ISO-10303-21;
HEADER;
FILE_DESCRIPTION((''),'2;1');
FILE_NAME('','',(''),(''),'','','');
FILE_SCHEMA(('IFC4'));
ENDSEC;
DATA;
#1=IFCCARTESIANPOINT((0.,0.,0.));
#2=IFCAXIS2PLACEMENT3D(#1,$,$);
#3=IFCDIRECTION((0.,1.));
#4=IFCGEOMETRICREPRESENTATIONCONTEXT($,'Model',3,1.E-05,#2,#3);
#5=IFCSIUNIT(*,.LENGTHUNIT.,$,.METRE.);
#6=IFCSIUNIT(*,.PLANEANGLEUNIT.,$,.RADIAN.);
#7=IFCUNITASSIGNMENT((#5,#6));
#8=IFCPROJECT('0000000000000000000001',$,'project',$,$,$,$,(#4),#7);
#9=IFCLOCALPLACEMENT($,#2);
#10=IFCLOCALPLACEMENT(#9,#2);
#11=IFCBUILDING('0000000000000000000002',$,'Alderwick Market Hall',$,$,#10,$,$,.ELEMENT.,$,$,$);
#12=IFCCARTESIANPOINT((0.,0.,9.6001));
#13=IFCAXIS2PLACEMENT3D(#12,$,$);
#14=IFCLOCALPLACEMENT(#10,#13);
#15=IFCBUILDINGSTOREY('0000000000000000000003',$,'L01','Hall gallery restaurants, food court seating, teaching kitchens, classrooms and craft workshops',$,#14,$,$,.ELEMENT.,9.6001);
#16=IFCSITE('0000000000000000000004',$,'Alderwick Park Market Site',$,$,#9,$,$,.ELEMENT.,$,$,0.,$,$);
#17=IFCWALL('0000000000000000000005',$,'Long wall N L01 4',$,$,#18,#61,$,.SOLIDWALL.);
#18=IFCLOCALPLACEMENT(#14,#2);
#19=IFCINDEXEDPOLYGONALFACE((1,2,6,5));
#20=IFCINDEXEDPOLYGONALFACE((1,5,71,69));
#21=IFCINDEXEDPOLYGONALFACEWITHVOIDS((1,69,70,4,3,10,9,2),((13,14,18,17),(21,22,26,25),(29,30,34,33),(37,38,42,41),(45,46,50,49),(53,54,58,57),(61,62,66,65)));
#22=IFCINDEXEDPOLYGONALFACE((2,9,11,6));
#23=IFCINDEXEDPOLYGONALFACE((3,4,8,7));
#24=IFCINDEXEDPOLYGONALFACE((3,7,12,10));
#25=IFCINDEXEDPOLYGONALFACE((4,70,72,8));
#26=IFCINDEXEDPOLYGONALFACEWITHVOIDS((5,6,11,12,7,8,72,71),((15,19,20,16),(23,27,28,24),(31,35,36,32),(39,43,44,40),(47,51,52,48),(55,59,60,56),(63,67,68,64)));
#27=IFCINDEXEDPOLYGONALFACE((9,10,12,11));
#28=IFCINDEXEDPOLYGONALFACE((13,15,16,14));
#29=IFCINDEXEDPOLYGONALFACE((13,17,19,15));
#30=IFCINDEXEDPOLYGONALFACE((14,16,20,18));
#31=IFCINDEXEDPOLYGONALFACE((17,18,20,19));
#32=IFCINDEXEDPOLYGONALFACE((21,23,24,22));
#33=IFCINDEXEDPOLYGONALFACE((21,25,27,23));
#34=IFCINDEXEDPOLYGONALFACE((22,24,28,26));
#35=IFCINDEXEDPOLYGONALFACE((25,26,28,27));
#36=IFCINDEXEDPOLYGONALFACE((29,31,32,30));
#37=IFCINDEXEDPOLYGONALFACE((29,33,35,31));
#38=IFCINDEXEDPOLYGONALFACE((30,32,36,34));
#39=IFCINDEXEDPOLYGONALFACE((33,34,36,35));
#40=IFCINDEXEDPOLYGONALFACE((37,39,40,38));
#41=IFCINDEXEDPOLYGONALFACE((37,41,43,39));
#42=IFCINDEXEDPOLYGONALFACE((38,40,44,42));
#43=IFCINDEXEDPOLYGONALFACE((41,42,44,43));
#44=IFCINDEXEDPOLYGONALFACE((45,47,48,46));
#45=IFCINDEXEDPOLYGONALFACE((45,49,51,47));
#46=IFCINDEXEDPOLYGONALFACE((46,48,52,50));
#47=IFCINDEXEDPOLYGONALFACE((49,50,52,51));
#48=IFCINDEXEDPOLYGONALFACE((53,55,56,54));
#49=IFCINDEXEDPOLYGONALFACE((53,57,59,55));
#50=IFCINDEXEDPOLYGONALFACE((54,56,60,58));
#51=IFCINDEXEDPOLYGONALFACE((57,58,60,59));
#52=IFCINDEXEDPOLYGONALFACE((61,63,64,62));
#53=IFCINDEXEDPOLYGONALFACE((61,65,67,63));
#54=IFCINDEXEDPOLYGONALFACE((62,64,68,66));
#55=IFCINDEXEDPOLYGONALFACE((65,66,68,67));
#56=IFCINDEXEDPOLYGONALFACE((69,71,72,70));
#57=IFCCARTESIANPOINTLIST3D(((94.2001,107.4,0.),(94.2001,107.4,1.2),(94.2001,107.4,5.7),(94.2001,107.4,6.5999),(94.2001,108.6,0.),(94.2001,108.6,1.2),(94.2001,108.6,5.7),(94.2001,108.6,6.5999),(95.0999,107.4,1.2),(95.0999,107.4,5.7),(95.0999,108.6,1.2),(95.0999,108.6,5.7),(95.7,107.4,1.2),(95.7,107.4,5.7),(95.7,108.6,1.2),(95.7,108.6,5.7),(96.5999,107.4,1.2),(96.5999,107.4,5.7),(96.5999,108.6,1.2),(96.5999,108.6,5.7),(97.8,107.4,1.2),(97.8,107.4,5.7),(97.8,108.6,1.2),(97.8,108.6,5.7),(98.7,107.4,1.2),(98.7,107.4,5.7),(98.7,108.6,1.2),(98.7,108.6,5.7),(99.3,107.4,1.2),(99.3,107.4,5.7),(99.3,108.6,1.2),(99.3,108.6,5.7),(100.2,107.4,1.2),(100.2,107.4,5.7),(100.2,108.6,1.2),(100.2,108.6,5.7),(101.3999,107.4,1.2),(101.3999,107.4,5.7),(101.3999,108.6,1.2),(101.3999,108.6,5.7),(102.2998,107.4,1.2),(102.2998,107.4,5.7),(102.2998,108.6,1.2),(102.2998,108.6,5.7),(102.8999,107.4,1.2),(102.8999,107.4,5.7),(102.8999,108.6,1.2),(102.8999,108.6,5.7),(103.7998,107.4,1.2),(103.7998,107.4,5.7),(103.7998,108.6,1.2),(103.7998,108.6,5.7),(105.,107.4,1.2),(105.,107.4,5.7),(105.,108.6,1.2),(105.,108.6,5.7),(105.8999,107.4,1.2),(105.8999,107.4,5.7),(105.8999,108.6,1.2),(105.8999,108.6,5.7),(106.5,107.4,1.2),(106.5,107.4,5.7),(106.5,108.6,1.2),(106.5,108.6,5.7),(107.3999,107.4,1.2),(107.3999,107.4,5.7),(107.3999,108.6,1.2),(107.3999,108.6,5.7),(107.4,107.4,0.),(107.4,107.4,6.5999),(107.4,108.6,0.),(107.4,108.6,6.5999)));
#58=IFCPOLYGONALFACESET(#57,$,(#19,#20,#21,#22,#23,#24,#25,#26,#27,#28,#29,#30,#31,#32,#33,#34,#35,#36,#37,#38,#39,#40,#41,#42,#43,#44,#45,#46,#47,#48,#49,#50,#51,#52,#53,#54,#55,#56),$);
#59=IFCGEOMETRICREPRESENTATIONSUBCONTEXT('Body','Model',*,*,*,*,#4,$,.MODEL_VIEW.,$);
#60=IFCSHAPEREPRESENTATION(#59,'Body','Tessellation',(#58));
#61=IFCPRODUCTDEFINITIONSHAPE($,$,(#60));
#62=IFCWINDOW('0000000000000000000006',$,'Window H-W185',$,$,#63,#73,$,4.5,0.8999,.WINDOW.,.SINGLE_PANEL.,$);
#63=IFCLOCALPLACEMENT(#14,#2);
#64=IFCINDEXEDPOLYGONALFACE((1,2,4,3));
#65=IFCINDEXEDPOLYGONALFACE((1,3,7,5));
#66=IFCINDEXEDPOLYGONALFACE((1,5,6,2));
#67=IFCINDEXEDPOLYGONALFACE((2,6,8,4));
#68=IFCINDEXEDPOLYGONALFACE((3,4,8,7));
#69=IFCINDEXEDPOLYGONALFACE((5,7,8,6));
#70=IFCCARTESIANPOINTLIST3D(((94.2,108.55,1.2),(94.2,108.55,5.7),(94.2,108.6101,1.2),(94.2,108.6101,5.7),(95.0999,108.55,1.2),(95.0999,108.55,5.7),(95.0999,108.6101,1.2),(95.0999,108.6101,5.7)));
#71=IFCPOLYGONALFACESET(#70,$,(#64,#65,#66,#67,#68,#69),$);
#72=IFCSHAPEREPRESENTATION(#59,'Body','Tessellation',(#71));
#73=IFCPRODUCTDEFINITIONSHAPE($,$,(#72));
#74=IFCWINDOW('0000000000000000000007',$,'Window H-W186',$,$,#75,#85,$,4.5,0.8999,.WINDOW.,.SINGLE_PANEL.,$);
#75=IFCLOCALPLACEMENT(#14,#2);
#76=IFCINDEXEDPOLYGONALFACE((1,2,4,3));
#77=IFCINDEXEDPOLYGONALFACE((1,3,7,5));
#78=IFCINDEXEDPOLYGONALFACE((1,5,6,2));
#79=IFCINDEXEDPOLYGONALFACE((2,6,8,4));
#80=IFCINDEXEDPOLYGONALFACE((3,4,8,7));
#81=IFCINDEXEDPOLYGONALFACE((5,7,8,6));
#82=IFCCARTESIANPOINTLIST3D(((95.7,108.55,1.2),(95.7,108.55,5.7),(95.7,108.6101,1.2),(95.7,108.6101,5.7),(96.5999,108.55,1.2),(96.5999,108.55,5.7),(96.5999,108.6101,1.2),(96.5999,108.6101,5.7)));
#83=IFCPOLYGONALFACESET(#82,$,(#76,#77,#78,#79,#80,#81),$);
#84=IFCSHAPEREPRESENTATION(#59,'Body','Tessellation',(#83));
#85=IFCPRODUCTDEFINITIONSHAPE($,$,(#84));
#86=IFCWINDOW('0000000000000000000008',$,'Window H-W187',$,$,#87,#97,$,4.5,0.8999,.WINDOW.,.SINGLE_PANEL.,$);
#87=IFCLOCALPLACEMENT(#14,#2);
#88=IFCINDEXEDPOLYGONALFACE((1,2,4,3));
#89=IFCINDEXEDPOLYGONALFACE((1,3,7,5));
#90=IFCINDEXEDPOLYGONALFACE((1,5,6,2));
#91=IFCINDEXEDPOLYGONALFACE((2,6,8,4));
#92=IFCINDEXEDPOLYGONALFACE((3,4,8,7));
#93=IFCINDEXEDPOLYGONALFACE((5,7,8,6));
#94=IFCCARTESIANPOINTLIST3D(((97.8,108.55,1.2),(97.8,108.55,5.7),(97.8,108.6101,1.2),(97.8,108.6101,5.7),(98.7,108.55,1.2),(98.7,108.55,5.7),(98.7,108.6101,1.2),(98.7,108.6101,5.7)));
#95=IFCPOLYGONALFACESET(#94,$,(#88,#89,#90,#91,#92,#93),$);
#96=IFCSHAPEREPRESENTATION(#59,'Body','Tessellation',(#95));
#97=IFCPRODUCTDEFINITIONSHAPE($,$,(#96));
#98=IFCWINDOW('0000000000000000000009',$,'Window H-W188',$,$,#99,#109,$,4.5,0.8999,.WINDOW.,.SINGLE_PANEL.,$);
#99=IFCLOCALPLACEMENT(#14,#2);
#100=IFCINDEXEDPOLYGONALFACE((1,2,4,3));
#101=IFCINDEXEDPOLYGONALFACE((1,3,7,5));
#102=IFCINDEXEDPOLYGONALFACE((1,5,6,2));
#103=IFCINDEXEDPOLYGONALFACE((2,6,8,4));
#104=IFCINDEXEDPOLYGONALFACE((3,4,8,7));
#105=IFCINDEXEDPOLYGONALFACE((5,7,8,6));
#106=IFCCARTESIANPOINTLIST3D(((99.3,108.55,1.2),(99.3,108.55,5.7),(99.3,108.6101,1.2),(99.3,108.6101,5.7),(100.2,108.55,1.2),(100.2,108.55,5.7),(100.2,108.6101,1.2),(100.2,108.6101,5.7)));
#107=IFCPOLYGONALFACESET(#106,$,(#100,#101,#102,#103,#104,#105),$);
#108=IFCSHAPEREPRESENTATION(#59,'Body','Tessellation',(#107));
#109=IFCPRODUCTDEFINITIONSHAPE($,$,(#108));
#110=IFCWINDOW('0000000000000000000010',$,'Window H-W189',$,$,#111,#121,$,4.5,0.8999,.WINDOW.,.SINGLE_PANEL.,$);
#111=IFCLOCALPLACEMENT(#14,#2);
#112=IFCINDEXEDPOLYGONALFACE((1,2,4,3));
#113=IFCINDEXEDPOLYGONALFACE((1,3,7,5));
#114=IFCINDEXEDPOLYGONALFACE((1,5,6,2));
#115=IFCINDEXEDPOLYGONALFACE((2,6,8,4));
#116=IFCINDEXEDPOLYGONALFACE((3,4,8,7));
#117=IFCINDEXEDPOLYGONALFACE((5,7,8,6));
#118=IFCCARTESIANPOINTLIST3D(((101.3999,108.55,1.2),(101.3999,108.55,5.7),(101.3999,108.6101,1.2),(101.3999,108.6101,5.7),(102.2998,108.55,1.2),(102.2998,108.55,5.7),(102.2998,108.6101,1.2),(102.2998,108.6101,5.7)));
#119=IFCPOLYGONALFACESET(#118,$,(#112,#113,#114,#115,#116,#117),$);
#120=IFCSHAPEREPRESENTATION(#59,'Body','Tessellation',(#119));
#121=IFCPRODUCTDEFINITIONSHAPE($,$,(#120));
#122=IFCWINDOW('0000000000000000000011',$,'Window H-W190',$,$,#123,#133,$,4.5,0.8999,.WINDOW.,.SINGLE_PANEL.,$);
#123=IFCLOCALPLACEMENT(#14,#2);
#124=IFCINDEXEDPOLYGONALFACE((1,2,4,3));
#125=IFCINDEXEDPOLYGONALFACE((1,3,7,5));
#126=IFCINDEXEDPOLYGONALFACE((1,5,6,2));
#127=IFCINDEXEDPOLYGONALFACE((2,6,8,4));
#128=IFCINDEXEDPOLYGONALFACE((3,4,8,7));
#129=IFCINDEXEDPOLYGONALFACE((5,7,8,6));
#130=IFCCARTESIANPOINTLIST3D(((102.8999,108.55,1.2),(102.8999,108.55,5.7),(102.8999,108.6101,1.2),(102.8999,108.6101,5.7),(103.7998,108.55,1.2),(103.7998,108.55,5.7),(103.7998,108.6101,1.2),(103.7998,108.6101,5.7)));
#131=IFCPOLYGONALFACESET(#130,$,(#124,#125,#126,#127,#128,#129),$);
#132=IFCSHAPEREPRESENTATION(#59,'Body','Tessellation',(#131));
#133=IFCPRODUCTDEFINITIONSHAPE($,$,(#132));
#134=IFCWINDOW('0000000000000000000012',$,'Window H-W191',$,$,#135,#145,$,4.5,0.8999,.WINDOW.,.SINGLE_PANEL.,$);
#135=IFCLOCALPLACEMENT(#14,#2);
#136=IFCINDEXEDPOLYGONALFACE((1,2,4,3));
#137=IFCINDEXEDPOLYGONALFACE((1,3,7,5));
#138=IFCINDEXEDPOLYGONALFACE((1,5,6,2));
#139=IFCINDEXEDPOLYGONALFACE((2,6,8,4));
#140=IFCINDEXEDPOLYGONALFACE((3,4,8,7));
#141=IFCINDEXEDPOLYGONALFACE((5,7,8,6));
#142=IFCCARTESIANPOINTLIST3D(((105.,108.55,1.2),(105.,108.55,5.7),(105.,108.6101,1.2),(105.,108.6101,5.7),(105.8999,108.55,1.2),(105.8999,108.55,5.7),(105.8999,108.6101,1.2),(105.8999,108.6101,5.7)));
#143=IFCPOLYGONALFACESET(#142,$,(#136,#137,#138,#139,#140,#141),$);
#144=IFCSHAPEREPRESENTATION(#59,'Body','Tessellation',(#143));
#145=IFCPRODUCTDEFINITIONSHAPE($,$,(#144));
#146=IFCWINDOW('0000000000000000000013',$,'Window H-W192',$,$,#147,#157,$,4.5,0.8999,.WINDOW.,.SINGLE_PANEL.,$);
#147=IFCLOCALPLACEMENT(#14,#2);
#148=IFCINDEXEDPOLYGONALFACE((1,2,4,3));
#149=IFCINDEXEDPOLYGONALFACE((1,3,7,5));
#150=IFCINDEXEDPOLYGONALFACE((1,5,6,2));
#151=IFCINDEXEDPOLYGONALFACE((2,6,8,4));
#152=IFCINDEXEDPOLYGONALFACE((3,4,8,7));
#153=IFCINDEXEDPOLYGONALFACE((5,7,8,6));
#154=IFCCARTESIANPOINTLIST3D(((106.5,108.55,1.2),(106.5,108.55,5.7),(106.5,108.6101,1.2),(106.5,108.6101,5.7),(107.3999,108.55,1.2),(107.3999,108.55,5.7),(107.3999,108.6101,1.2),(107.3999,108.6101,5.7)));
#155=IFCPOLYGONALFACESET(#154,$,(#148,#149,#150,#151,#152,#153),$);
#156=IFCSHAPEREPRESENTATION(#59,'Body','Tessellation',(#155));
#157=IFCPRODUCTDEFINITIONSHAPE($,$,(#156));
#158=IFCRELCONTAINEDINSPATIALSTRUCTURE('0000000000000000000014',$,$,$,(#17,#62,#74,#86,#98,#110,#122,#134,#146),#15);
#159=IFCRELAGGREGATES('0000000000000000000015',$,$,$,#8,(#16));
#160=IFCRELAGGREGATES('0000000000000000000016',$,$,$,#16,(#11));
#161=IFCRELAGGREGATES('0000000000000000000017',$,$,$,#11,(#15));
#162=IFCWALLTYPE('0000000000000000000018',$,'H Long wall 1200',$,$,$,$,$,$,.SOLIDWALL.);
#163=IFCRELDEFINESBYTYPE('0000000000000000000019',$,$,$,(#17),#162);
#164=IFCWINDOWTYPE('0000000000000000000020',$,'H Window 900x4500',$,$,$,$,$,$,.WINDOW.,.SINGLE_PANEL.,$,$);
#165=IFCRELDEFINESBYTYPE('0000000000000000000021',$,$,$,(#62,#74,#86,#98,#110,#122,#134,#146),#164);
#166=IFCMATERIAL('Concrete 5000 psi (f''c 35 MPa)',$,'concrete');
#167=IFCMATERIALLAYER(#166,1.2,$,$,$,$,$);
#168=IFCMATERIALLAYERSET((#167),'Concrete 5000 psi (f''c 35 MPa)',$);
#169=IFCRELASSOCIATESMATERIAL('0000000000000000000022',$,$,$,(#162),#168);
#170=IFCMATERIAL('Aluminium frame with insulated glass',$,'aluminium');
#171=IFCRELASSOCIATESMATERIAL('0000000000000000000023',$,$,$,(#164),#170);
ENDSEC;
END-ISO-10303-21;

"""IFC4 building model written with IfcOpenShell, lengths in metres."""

from ifc_helpers import new_model, si_unit, direction, frame, frame_2d, origin, place, context, subcontext, project, spatial, rectangle, extrude, material, layer, layer_set, type_object, element, fill, save


model = new_model("IFC4")

# Units and contexts
model_context = context("Model", 3, precision=1e-05, world=origin(), true_north=direction((0.0, 1.0)))
body_context = subcontext(model_context, "Body", "Model", "MODEL_VIEW")
ifc_project = project(units=[si_unit("LENGTHUNIT", "METRE"), si_unit("PLANEANGLEUNIT", "RADIAN")], contexts=[model_context])

# Site, building, storey
site_placement = place(None, origin())
site = spatial("IfcSite", under=ifc_project, at=site_placement, Name="Alderwick Park Market Site", CompositionType="ELEMENT", RefElevation=0.0)
building_placement = place(site_placement, origin())
building = spatial("IfcBuilding", under=site, at=building_placement, Name="Alderwick Market Hall", CompositionType="ELEMENT")
storey_placement = place(building_placement, frame((0.0, 0.0, 9.6001)))
storey = spatial("IfcBuildingStorey", under=building, at=storey_placement, Name="L01", Description="Hall gallery restaurants, food court seating, teaching kitchens, classrooms and craft workshops", CompositionType="ELEMENT", Elevation=9.6001)

# Shared definitions
ifc_material_1 = material(Name="Concrete 5000 psi (f'c 35 MPa)", Category="concrete")

# Wall, openings, windows
ifc_layer_1 = layer(ifc_material_1, 1.2)
ifc_layer_set_1 = layer_set([ifc_layer_1], Name="Concrete 5000 psi (f'c 35 MPa)")
wall_type_1 = type_object("IfcWallType", Name="H Long wall 1200", PredefinedType="SOLIDWALL", material=ifc_layer_set_1)
wall_1_placement = place(storey_placement, frame((94.2, 108.0, 0.0), z_axis=(0.0, 0.0, 1.0), x_axis=(1.0, 0.0, 0.0)))
wall_1 = element("IfcWall", 1, at=wall_1_placement, inside=storey, type_object=wall_type_1, Name="Long wall N L01 4", PredefinedType="SOLIDWALL", context=body_context, shape_type="SweptSolid", body=[
    extrude(rectangle(XDim=13.2, YDim=1.2, at=frame_2d((6.6001, 0.0))), origin(), (0.0, 0.0, 1.0), 6.5999),
])
opening_1_placement = place(wall_1_placement, frame((0.0, 0.0, 1.2)))
opening_1 = element("IfcOpeningElement", 2, at=opening_1_placement, cuts=wall_1, PredefinedType="OPENING", context=body_context, shape_type="SweptSolid", body=[
    extrude(rectangle(XDim=0.8999, YDim=4.5, at=frame_2d((0.45, 2.25))), frame((0.0, 0.6099, 0.0), z_axis=(0.0, -1.0, 0.0), x_axis=(1.0, 0.0, 0.0)), (0.0, 0.0, 1.0), 1.22),
])
opening_2_placement = place(wall_1_placement, frame((1.5, 0.0, 1.2)))
opening_2 = element("IfcOpeningElement", 3, at=opening_2_placement, cuts=wall_1, PredefinedType="OPENING", context=body_context, shape_type="SweptSolid", body=[
    extrude(rectangle(XDim=0.8999, YDim=4.5, at=frame_2d((0.45, 2.25))), frame((0.0, 0.6099, 0.0), z_axis=(0.0, -1.0, 0.0), x_axis=(1.0, 0.0, 0.0)), (0.0, 0.0, 1.0), 1.22),
])
opening_3_placement = place(wall_1_placement, frame((3.6001, 0.0, 1.2)))
opening_3 = element("IfcOpeningElement", 4, at=opening_3_placement, cuts=wall_1, PredefinedType="OPENING", context=body_context, shape_type="SweptSolid", body=[
    extrude(rectangle(XDim=0.8999, YDim=4.5, at=frame_2d((0.45, 2.25))), frame((0.0, 0.6099, 0.0), z_axis=(0.0, -1.0, 0.0), x_axis=(1.0, 0.0, 0.0)), (0.0, 0.0, 1.0), 1.22),
])
opening_4_placement = place(wall_1_placement, frame((5.1001, 0.0, 1.2)))
opening_4 = element("IfcOpeningElement", 5, at=opening_4_placement, cuts=wall_1, PredefinedType="OPENING", context=body_context, shape_type="SweptSolid", body=[
    extrude(rectangle(XDim=0.8999, YDim=4.5, at=frame_2d((0.45, 2.25))), frame((0.0, 0.6099, 0.0), z_axis=(0.0, -1.0, 0.0), x_axis=(1.0, 0.0, 0.0)), (0.0, 0.0, 1.0), 1.22),
])
opening_5_placement = place(wall_1_placement, frame((7.2, 0.0, 1.2)))
opening_5 = element("IfcOpeningElement", 6, at=opening_5_placement, cuts=wall_1, PredefinedType="OPENING", context=body_context, shape_type="SweptSolid", body=[
    extrude(rectangle(XDim=0.8999, YDim=4.5, at=frame_2d((0.45, 2.25))), frame((0.0, 0.6099, 0.0), z_axis=(0.0, -1.0, 0.0), x_axis=(1.0, 0.0, 0.0)), (0.0, 0.0, 1.0), 1.22),
])
opening_6_placement = place(wall_1_placement, frame((8.7, 0.0, 1.2)))
opening_6 = element("IfcOpeningElement", 7, at=opening_6_placement, cuts=wall_1, PredefinedType="OPENING", context=body_context, shape_type="SweptSolid", body=[
    extrude(rectangle(XDim=0.8999, YDim=4.5, at=frame_2d((0.45, 2.25))), frame((0.0, 0.6099, 0.0), z_axis=(0.0, -1.0, 0.0), x_axis=(1.0, 0.0, 0.0)), (0.0, 0.0, 1.0), 1.22),
])
opening_7_placement = place(wall_1_placement, frame((10.8, 0.0, 1.2)))
opening_7 = element("IfcOpeningElement", 8, at=opening_7_placement, cuts=wall_1, PredefinedType="OPENING", context=body_context, shape_type="SweptSolid", body=[
    extrude(rectangle(XDim=0.8999, YDim=4.5, at=frame_2d((0.45, 2.25))), frame((0.0, 0.6099, 0.0), z_axis=(0.0, -1.0, 0.0), x_axis=(1.0, 0.0, 0.0)), (0.0, 0.0, 1.0), 1.22),
])
opening_8_placement = place(wall_1_placement, frame((12.3, 0.0, 1.2)))
opening_8 = element("IfcOpeningElement", 9, at=opening_8_placement, cuts=wall_1, PredefinedType="OPENING", context=body_context, shape_type="SweptSolid", body=[
    extrude(rectangle(XDim=0.8999, YDim=4.5, at=frame_2d((0.45, 2.25))), frame((0.0, 0.6099, 0.0), z_axis=(0.0, -1.0, 0.0), x_axis=(1.0, 0.0, 0.0)), (0.0, 0.0, 1.0), 1.22),
])
ifc_material_2 = material(Name="Aluminium frame with insulated glass", Category="aluminium")
window_type = type_object("IfcWindowType", Name="H Window 900x4500", PartitioningType="SINGLE_PANEL", PredefinedType="WINDOW", material=ifc_material_2)
window_1_placement = place(opening_1_placement, origin())
window_1 = element("IfcWindow", 10, at=window_1_placement, inside=storey, type_object=window_type, Name="Window H-W185", OverallHeight=4.5, OverallWidth=0.8999, PartitioningType="SINGLE_PANEL", PredefinedType="WINDOW", context=body_context, shape_type="SweptSolid", body=[
    extrude(rectangle(XDim=0.8999, YDim=4.5, at=frame_2d((0.45, 2.25))), frame((0.0, 0.6101, 0.0), z_axis=(0.0, -1.0, 0.0), x_axis=(1.0, 0.0, 0.0)), (0.0, 0.0, 1.0), 0.0601),
])
fill(opening_1, window_1)
window_2_placement = place(opening_2_placement, origin())
window_2 = element("IfcWindow", 11, at=window_2_placement, inside=storey, type_object=window_type, Name="Window H-W186", OverallHeight=4.5, OverallWidth=0.8999, PartitioningType="SINGLE_PANEL", PredefinedType="WINDOW", context=body_context, shape_type="SweptSolid", body=[
    extrude(rectangle(XDim=0.8999, YDim=4.5, at=frame_2d((0.45, 2.25))), frame((0.0, 0.6101, 0.0), z_axis=(0.0, -1.0, 0.0), x_axis=(1.0, 0.0, 0.0)), (0.0, 0.0, 1.0), 0.0601),
])
fill(opening_2, window_2)
window_3_placement = place(opening_3_placement, origin())
window_3 = element("IfcWindow", 12, at=window_3_placement, inside=storey, type_object=window_type, Name="Window H-W187", OverallHeight=4.5, OverallWidth=0.8999, PartitioningType="SINGLE_PANEL", PredefinedType="WINDOW", context=body_context, shape_type="SweptSolid", body=[
    extrude(rectangle(XDim=0.8999, YDim=4.5, at=frame_2d((0.45, 2.25))), frame((0.0, 0.6101, 0.0), z_axis=(0.0, -1.0, 0.0), x_axis=(1.0, 0.0, 0.0)), (0.0, 0.0, 1.0), 0.0601),
])
fill(opening_3, window_3)
window_4_placement = place(opening_4_placement, origin())
window_4 = element("IfcWindow", 13, at=window_4_placement, inside=storey, type_object=window_type, Name="Window H-W188", OverallHeight=4.5, OverallWidth=0.8999, PartitioningType="SINGLE_PANEL", PredefinedType="WINDOW", context=body_context, shape_type="SweptSolid", body=[
    extrude(rectangle(XDim=0.8999, YDim=4.5, at=frame_2d((0.45, 2.25))), frame((0.0, 0.6101, 0.0), z_axis=(0.0, -1.0, 0.0), x_axis=(1.0, 0.0, 0.0)), (0.0, 0.0, 1.0), 0.0601),
])
fill(opening_4, window_4)
window_5_placement = place(opening_5_placement, origin())
window_5 = element("IfcWindow", 14, at=window_5_placement, inside=storey, type_object=window_type, Name="Window H-W189", OverallHeight=4.5, OverallWidth=0.8999, PartitioningType="SINGLE_PANEL", PredefinedType="WINDOW", context=body_context, shape_type="SweptSolid", body=[
    extrude(rectangle(XDim=0.8999, YDim=4.5, at=frame_2d((0.45, 2.25))), frame((0.0, 0.6101, 0.0), z_axis=(0.0, -1.0, 0.0), x_axis=(1.0, 0.0, 0.0)), (0.0, 0.0, 1.0), 0.0601),
])
fill(opening_5, window_5)
window_6_placement = place(opening_6_placement, origin())
window_6 = element("IfcWindow", 15, at=window_6_placement, inside=storey, type_object=window_type, Name="Window H-W190", OverallHeight=4.5, OverallWidth=0.8999, PartitioningType="SINGLE_PANEL", PredefinedType="WINDOW", context=body_context, shape_type="SweptSolid", body=[
    extrude(rectangle(XDim=0.8999, YDim=4.5, at=frame_2d((0.45, 2.25))), frame((0.0, 0.6101, 0.0), z_axis=(0.0, -1.0, 0.0), x_axis=(1.0, 0.0, 0.0)), (0.0, 0.0, 1.0), 0.0601),
])
fill(opening_6, window_6)
window_7_placement = place(opening_7_placement, origin())
window_7 = element("IfcWindow", 16, at=window_7_placement, inside=storey, type_object=window_type, Name="Window H-W191", OverallHeight=4.5, OverallWidth=0.8999, PartitioningType="SINGLE_PANEL", PredefinedType="WINDOW", context=body_context, shape_type="SweptSolid", body=[
    extrude(rectangle(XDim=0.8999, YDim=4.5, at=frame_2d((0.45, 2.25))), frame((0.0, 0.6101, 0.0), z_axis=(0.0, -1.0, 0.0), x_axis=(1.0, 0.0, 0.0)), (0.0, 0.0, 1.0), 0.0601),
])
fill(opening_7, window_7)
window_8_placement = place(opening_8_placement, origin())
window_8 = element("IfcWindow", 17, at=window_8_placement, inside=storey, type_object=window_type, Name="Window H-W192", OverallHeight=4.5, OverallWidth=0.8999, PartitioningType="SINGLE_PANEL", PredefinedType="WINDOW", context=body_context, shape_type="SweptSolid", body=[
    extrude(rectangle(XDim=0.8999, YDim=4.5, at=frame_2d((0.45, 2.25))), frame((0.0, 0.6101, 0.0), z_axis=(0.0, -1.0, 0.0), x_axis=(1.0, 0.0, 0.0)), (0.0, 0.0, 1.0), 0.0601),
])
fill(opening_8, window_8)

save(model, "model.ifc")
